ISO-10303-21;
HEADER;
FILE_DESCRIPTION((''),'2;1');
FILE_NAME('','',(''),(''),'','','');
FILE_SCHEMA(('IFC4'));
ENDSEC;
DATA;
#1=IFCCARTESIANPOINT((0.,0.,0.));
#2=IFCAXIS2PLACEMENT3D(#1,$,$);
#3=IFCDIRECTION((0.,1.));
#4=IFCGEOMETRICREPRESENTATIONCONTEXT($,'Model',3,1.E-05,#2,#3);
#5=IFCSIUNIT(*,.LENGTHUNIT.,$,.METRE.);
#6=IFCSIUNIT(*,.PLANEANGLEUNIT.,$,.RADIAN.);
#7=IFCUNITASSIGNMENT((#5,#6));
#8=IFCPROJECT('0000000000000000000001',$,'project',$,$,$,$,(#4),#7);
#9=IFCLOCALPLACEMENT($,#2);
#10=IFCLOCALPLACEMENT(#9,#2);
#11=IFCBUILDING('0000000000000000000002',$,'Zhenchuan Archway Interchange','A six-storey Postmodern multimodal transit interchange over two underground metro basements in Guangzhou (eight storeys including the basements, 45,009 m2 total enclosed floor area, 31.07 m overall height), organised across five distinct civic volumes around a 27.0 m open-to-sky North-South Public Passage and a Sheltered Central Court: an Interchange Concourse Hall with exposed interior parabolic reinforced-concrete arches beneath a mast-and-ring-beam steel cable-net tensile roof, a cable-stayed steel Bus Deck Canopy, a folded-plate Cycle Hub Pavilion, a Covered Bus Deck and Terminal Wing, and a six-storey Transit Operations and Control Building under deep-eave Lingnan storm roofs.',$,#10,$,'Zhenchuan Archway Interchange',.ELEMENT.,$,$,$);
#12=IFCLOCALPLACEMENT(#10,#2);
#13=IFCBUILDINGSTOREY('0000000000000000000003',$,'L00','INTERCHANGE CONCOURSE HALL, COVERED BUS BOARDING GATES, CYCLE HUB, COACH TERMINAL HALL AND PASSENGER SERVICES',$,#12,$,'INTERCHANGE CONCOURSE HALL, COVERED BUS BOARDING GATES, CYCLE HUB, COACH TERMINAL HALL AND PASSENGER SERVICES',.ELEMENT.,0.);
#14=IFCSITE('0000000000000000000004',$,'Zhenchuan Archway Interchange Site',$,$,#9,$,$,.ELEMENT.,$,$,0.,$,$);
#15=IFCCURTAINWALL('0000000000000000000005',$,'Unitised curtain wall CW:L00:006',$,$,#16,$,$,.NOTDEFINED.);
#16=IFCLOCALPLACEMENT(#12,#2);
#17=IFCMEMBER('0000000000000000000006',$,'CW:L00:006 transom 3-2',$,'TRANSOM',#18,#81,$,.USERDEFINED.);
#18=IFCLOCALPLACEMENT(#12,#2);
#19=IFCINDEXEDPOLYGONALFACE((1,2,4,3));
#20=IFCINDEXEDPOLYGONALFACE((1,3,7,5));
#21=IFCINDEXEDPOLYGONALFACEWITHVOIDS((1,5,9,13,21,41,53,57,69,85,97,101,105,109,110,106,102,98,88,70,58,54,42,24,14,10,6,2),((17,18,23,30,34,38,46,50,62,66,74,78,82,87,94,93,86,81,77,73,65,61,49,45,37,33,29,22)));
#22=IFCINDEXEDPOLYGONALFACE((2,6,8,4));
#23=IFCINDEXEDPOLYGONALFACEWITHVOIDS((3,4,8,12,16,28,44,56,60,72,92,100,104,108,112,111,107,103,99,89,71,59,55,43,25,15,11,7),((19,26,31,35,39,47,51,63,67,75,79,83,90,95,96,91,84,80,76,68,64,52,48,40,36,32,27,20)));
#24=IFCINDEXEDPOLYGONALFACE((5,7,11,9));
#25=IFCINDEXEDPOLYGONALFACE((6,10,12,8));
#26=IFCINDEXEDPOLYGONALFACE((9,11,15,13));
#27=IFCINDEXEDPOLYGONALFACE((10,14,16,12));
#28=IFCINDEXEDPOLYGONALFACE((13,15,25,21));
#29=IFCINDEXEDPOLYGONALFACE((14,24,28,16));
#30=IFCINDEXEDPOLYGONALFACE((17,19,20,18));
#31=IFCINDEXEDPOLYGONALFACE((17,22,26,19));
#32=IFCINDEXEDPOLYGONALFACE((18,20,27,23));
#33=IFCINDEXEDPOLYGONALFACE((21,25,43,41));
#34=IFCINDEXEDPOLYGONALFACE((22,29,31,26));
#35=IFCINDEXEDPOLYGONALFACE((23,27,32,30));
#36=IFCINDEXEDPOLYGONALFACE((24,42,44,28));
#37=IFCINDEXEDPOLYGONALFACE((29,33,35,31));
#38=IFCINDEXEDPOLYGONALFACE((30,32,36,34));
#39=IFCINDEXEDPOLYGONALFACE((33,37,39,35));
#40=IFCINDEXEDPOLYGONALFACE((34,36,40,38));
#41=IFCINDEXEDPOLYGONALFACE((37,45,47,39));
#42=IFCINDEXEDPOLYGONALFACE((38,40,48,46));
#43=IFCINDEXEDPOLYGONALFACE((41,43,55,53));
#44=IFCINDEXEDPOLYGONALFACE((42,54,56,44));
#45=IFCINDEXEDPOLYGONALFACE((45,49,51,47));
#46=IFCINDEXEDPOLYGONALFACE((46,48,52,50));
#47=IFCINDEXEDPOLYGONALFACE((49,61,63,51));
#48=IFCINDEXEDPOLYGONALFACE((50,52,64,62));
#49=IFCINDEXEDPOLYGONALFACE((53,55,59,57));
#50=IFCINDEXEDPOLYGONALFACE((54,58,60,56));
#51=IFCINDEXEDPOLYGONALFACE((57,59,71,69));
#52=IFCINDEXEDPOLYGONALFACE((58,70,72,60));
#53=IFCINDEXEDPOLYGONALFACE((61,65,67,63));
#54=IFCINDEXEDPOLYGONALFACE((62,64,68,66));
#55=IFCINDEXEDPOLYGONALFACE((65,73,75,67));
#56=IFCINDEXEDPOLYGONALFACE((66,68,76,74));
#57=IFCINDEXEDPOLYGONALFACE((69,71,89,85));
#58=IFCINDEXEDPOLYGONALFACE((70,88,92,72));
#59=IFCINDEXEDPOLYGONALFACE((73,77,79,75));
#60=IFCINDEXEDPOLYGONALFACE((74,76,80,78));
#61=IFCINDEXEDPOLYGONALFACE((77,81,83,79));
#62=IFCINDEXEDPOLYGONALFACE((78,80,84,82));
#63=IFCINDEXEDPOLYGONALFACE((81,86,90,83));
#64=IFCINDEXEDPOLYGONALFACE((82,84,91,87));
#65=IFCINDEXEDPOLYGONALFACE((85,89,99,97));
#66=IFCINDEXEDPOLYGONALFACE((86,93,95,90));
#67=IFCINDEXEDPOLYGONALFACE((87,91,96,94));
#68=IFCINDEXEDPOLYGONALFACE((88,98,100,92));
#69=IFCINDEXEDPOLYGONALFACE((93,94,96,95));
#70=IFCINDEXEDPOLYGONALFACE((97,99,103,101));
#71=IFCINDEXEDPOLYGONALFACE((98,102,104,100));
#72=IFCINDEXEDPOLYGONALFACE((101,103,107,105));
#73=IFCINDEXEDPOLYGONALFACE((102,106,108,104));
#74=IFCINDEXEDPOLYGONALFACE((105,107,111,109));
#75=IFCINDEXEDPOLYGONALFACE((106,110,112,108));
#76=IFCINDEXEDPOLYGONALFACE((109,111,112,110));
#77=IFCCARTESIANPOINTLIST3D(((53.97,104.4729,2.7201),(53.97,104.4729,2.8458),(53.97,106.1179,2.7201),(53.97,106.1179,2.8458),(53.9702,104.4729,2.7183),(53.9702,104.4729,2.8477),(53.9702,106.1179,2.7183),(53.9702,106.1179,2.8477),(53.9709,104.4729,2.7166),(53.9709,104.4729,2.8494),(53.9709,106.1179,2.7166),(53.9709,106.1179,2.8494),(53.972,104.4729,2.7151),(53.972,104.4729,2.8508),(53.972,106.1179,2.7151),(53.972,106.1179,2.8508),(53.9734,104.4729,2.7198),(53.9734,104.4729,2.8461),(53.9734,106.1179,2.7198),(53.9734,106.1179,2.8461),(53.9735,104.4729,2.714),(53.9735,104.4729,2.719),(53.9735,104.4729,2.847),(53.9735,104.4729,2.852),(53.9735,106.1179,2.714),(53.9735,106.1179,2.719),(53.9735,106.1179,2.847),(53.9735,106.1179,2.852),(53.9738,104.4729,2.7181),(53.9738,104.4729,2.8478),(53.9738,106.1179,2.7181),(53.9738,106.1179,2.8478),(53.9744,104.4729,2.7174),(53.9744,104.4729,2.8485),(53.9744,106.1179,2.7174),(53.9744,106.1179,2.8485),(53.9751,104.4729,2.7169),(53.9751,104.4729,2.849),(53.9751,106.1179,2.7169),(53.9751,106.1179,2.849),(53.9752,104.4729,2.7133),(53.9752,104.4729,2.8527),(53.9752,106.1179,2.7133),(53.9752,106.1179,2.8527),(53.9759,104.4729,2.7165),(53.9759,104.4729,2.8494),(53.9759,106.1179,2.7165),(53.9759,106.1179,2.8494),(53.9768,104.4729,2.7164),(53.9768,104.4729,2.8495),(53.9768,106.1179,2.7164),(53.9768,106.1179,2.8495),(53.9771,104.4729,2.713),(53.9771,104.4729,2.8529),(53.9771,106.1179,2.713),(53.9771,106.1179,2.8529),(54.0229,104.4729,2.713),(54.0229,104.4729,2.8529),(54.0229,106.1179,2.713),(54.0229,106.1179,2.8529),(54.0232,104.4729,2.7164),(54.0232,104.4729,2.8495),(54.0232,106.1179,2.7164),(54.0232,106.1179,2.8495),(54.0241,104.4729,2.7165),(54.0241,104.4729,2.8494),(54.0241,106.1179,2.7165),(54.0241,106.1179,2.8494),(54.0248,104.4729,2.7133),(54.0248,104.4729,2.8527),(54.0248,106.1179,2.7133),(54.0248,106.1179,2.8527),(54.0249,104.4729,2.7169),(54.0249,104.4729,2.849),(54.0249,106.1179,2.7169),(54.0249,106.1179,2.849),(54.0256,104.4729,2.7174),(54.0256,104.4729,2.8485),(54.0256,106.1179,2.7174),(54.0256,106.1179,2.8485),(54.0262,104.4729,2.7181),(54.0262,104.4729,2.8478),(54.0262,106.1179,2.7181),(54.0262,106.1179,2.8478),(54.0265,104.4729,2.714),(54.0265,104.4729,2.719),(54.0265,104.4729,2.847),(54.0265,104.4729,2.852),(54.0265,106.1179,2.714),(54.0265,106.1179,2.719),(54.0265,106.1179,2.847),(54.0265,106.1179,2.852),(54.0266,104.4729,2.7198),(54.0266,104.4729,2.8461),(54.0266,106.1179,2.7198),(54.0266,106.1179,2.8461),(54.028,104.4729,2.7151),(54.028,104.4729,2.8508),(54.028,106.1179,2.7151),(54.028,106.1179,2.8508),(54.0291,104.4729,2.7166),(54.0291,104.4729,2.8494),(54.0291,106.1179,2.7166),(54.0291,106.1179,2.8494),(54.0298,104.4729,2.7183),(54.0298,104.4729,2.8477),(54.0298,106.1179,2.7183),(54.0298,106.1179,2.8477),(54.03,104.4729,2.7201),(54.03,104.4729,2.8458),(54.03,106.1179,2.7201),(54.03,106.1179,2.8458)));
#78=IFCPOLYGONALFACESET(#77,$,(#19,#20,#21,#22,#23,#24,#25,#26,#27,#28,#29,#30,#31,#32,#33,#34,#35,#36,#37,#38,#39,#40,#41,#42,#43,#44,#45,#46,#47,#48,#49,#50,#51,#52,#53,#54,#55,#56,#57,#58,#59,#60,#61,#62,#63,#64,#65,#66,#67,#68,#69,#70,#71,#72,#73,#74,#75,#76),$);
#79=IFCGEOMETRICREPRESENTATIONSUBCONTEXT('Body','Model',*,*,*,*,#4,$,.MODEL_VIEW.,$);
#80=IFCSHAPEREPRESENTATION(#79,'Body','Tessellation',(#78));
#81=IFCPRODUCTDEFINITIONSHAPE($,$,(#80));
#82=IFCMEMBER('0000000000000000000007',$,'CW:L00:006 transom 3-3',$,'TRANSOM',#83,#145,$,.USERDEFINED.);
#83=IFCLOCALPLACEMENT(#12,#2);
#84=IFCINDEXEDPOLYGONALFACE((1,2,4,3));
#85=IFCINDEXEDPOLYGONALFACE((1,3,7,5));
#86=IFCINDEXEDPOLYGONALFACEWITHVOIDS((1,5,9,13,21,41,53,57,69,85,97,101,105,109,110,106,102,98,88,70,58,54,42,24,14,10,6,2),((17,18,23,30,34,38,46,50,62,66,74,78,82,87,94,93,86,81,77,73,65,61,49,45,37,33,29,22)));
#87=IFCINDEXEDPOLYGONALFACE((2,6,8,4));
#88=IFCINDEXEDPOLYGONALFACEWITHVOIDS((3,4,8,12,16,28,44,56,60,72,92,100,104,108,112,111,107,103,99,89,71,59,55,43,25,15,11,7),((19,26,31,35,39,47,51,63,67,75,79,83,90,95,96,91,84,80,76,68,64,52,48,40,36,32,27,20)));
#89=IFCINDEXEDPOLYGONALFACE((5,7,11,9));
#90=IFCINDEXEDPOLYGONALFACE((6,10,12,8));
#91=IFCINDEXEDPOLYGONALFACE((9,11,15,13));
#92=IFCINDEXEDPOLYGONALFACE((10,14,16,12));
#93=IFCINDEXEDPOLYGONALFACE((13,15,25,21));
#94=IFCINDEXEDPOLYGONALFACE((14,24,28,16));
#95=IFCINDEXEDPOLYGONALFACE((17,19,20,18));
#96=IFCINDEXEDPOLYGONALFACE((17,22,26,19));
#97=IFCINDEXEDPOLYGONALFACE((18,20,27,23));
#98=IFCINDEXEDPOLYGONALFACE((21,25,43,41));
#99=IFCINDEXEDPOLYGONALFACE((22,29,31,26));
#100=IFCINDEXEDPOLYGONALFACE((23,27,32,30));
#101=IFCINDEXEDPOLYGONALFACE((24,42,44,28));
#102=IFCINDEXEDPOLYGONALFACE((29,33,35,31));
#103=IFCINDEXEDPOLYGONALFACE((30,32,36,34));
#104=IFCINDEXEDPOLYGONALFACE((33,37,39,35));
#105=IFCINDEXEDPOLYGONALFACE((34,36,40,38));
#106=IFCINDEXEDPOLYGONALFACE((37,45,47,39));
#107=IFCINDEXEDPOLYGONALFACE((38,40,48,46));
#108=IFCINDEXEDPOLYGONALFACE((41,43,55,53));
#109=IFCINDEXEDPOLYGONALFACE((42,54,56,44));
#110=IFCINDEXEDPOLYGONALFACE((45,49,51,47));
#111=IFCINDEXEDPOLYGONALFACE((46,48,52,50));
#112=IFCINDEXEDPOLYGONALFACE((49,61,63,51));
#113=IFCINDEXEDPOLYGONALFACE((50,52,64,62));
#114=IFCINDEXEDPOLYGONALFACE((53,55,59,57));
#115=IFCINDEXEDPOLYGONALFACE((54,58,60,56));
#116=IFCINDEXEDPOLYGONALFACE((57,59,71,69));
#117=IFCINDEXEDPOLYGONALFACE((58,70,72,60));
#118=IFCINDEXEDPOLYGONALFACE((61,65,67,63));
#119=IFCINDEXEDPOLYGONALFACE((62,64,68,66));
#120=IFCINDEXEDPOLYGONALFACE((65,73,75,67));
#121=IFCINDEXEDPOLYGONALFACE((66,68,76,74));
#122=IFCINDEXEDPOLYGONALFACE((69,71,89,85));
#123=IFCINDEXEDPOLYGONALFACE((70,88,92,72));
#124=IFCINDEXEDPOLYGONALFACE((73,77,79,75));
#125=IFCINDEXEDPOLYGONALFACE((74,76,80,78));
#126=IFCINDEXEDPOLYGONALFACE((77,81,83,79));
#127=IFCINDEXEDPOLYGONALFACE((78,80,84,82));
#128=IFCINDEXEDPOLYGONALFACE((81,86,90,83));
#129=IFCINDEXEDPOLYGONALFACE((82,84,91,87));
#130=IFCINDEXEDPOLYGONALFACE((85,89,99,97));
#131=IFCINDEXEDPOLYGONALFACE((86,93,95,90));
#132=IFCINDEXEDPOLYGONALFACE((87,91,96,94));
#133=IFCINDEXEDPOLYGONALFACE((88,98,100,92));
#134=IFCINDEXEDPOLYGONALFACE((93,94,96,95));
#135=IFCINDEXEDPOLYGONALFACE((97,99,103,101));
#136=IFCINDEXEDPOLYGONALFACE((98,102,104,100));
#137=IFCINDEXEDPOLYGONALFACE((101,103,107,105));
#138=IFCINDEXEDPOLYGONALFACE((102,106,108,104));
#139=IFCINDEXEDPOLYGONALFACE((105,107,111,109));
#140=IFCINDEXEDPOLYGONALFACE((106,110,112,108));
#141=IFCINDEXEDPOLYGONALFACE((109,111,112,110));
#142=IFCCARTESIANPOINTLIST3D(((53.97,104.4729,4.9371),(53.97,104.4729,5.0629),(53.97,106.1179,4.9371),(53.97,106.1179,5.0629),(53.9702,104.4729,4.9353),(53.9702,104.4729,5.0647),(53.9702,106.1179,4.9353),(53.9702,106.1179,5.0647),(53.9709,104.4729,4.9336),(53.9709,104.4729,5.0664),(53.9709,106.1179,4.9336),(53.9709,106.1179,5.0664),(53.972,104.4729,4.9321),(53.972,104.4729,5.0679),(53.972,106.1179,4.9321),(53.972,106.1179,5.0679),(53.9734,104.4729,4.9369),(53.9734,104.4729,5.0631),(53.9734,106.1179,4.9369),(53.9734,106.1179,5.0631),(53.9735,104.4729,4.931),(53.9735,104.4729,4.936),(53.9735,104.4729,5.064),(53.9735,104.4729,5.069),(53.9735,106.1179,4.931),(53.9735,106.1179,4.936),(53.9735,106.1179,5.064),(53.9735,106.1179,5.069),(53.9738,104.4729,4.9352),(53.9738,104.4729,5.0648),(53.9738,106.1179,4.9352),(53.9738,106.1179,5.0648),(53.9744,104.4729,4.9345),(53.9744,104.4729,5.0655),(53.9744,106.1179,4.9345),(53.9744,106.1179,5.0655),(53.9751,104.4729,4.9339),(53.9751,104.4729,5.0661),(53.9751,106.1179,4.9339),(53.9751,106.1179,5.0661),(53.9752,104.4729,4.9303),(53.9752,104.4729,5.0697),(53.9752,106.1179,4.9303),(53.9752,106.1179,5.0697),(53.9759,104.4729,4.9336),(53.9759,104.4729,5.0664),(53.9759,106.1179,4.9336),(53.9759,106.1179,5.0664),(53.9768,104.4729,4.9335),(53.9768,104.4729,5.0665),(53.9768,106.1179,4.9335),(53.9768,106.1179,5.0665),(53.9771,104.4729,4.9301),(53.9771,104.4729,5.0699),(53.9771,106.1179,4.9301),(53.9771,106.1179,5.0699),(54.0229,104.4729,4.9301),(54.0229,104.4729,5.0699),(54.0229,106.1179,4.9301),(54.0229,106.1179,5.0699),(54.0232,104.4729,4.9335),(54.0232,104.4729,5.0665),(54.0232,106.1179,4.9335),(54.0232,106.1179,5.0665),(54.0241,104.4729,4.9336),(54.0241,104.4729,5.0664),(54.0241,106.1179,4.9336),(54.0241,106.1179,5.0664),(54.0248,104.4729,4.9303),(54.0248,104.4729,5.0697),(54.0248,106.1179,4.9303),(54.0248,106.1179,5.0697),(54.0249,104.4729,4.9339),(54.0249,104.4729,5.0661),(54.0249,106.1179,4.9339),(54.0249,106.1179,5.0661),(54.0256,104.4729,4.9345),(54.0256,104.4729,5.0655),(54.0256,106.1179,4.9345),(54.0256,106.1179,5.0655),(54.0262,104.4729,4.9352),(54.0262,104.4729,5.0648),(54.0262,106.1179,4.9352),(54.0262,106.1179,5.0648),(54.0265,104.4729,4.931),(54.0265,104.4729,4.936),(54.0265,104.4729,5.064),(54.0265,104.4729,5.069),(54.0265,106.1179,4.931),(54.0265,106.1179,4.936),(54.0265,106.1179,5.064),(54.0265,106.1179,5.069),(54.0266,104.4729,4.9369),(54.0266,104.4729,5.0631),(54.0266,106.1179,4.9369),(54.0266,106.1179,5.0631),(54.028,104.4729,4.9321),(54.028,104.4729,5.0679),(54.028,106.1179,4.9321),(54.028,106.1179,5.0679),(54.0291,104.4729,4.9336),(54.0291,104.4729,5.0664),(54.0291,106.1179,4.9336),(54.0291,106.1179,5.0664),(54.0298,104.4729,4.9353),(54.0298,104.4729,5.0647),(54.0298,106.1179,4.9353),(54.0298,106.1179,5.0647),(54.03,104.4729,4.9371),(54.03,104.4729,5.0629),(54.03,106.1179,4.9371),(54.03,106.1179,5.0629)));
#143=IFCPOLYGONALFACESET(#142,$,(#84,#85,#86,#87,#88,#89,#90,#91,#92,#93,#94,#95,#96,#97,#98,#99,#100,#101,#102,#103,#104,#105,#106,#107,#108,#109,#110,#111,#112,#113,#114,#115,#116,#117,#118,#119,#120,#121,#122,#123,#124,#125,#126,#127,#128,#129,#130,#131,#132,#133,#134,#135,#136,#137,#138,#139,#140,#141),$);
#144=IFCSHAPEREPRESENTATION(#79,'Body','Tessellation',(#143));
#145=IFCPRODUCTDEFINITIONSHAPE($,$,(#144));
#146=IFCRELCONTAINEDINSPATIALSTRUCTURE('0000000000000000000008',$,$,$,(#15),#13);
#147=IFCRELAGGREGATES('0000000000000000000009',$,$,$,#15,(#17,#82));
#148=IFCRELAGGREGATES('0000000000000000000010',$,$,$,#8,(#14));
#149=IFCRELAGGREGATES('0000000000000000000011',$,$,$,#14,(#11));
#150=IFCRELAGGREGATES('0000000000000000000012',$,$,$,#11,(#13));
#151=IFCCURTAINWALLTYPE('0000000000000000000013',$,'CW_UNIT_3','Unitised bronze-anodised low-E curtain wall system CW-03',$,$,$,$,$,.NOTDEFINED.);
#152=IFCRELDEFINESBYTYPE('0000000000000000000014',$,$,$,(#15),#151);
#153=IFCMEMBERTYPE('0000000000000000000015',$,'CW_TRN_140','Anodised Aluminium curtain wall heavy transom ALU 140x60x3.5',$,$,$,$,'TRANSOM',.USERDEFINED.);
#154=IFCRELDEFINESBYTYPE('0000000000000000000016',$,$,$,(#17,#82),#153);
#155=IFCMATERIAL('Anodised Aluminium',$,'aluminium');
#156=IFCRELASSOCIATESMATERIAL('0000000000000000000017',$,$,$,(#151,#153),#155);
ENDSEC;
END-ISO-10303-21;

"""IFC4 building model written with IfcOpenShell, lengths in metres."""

from ifc_helpers import new_model, si_unit, direction, frame, origin, origin_2d, place, context, subcontext, project, spatial, hollow_rectangle, extrude, material, material_profile, profile_set, type_object, element, aggregate, save


model = new_model("IFC4")

# Units and contexts
model_context = context("Model", 3, precision=1e-05, world=origin(), true_north=direction((0.0, 1.0)))
body_context = subcontext(model_context, "Body", "Model", "MODEL_VIEW")
ifc_project = project(units=[si_unit("LENGTHUNIT", "METRE"), si_unit("PLANEANGLEUNIT", "RADIAN")], contexts=[model_context])

# Site, building, storey
site_placement = place(None, origin())
site = spatial("IfcSite", under=ifc_project, at=site_placement, Name="Zhenchuan Archway Interchange Site", CompositionType="ELEMENT", RefElevation=0.0)
building_placement = place(site_placement, origin())
building = spatial("IfcBuilding", under=site, at=building_placement, Name="Zhenchuan Archway Interchange", Description="A six-storey Postmodern multimodal transit interchange over two underground metro basements in Guangzhou (eight storeys including the basements, 45,009 m2 total enclosed floor area, 31.07 m overall height), organised across five distinct civic volumes around a 27.0 m open-to-sky North-South Public Passage and a Sheltered Central Court: an Interchange Concourse Hall with exposed interior parabolic reinforced-concrete arches beneath a mast-and-ring-beam steel cable-net tensile roof, a cable-stayed steel Bus Deck Canopy, a folded-plate Cycle Hub Pavilion, a Covered Bus Deck and Terminal Wing, and a six-storey Transit Operations and Control Building under deep-eave Lingnan storm roofs.", LongName="Zhenchuan Archway Interchange", CompositionType="ELEMENT")
storey_placement = place(building_placement, origin())
storey = spatial("IfcBuildingStorey", under=building, at=storey_placement, Name="L00", Description="INTERCHANGE CONCOURSE HALL, COVERED BUS BOARDING GATES, CYCLE HUB, COACH TERMINAL HALL AND PASSENGER SERVICES", LongName="INTERCHANGE CONCOURSE HALL, COVERED BUS BOARDING GATES, CYCLE HUB, COACH TERMINAL HALL AND PASSENGER SERVICES", CompositionType="ELEMENT", Elevation=0.0)

# Curtain wall
ifc_material_1 = material(Name="Anodised Aluminium", Category="aluminium")
curtain_wall_type_1 = type_object("IfcCurtainWallType", Name="CW_UNIT_3", Description="Unitised bronze-anodised low-E curtain wall system CW-03", PredefinedType="NOTDEFINED", material=ifc_material_1)
curtain_wall_1_placement = place(storey_placement, origin())
curtain_wall_1 = element("IfcCurtainWall", 1, at=curtain_wall_1_placement, inside=storey, type_object=curtain_wall_type_1, Name="Unitised curtain wall CW:L00:006", PredefinedType="NOTDEFINED")

# Members
ifc_material_profile_1 = material_profile(ifc_material_1, hollow_rectangle(XDim=0.0601, YDim=0.1399, WallThickness=0.0034, InnerFilletRadius=0.0034, OuterFilletRadius=0.0071, at=origin_2d()), Name="ALU 140x60x3.5")
ifc_profile_set_1 = profile_set([ifc_material_profile_1], Name="Anodised Aluminium")
member_type_1 = type_object("IfcMemberType", Name="CW_TRN_140", Description="Anodised Aluminium curtain wall heavy transom ALU 140x60x3.5", ElementType="TRANSOM", PredefinedType="USERDEFINED", material=ifc_profile_set_1)
member_1_placement = place(storey_placement, frame((54.0, 106.1179, 2.783), z_axis=(0.0, -1.0, 0.0), x_axis=(1.0, 0.0, 0.0)))
member_1 = element("IfcMember", 2, at=member_1_placement, type_object=member_type_1, Name="CW:L00:006 transom 3-2", ObjectType="TRANSOM", PredefinedType="USERDEFINED", context=body_context, shape_type="SweptSolid", body=[
    extrude(hollow_rectangle(XDim=0.0601, YDim=0.1399, WallThickness=0.0034, InnerFilletRadius=0.0034, OuterFilletRadius=0.0071, at=origin_2d()), origin(), (0.0, 0.0, 1.0), 1.645),
])
member_2_placement = place(storey_placement, frame((54.0, 106.1179, 5.0), z_axis=(0.0, -1.0, 0.0), x_axis=(1.0, 0.0, 0.0)))
member_2 = element("IfcMember", 3, at=member_2_placement, type_object=member_type_1, Name="CW:L00:006 transom 3-3", ObjectType="TRANSOM", PredefinedType="USERDEFINED", context=body_context, shape_type="SweptSolid", body=[
    extrude(hollow_rectangle(XDim=0.0601, YDim=0.1399, WallThickness=0.0034, InnerFilletRadius=0.0034, OuterFilletRadius=0.0071, at=origin_2d()), origin(), (0.0, 0.0, 1.0), 1.645),
])

aggregate(curtain_wall_1, [member_1, member_2])

save(model, "model.ifc")
